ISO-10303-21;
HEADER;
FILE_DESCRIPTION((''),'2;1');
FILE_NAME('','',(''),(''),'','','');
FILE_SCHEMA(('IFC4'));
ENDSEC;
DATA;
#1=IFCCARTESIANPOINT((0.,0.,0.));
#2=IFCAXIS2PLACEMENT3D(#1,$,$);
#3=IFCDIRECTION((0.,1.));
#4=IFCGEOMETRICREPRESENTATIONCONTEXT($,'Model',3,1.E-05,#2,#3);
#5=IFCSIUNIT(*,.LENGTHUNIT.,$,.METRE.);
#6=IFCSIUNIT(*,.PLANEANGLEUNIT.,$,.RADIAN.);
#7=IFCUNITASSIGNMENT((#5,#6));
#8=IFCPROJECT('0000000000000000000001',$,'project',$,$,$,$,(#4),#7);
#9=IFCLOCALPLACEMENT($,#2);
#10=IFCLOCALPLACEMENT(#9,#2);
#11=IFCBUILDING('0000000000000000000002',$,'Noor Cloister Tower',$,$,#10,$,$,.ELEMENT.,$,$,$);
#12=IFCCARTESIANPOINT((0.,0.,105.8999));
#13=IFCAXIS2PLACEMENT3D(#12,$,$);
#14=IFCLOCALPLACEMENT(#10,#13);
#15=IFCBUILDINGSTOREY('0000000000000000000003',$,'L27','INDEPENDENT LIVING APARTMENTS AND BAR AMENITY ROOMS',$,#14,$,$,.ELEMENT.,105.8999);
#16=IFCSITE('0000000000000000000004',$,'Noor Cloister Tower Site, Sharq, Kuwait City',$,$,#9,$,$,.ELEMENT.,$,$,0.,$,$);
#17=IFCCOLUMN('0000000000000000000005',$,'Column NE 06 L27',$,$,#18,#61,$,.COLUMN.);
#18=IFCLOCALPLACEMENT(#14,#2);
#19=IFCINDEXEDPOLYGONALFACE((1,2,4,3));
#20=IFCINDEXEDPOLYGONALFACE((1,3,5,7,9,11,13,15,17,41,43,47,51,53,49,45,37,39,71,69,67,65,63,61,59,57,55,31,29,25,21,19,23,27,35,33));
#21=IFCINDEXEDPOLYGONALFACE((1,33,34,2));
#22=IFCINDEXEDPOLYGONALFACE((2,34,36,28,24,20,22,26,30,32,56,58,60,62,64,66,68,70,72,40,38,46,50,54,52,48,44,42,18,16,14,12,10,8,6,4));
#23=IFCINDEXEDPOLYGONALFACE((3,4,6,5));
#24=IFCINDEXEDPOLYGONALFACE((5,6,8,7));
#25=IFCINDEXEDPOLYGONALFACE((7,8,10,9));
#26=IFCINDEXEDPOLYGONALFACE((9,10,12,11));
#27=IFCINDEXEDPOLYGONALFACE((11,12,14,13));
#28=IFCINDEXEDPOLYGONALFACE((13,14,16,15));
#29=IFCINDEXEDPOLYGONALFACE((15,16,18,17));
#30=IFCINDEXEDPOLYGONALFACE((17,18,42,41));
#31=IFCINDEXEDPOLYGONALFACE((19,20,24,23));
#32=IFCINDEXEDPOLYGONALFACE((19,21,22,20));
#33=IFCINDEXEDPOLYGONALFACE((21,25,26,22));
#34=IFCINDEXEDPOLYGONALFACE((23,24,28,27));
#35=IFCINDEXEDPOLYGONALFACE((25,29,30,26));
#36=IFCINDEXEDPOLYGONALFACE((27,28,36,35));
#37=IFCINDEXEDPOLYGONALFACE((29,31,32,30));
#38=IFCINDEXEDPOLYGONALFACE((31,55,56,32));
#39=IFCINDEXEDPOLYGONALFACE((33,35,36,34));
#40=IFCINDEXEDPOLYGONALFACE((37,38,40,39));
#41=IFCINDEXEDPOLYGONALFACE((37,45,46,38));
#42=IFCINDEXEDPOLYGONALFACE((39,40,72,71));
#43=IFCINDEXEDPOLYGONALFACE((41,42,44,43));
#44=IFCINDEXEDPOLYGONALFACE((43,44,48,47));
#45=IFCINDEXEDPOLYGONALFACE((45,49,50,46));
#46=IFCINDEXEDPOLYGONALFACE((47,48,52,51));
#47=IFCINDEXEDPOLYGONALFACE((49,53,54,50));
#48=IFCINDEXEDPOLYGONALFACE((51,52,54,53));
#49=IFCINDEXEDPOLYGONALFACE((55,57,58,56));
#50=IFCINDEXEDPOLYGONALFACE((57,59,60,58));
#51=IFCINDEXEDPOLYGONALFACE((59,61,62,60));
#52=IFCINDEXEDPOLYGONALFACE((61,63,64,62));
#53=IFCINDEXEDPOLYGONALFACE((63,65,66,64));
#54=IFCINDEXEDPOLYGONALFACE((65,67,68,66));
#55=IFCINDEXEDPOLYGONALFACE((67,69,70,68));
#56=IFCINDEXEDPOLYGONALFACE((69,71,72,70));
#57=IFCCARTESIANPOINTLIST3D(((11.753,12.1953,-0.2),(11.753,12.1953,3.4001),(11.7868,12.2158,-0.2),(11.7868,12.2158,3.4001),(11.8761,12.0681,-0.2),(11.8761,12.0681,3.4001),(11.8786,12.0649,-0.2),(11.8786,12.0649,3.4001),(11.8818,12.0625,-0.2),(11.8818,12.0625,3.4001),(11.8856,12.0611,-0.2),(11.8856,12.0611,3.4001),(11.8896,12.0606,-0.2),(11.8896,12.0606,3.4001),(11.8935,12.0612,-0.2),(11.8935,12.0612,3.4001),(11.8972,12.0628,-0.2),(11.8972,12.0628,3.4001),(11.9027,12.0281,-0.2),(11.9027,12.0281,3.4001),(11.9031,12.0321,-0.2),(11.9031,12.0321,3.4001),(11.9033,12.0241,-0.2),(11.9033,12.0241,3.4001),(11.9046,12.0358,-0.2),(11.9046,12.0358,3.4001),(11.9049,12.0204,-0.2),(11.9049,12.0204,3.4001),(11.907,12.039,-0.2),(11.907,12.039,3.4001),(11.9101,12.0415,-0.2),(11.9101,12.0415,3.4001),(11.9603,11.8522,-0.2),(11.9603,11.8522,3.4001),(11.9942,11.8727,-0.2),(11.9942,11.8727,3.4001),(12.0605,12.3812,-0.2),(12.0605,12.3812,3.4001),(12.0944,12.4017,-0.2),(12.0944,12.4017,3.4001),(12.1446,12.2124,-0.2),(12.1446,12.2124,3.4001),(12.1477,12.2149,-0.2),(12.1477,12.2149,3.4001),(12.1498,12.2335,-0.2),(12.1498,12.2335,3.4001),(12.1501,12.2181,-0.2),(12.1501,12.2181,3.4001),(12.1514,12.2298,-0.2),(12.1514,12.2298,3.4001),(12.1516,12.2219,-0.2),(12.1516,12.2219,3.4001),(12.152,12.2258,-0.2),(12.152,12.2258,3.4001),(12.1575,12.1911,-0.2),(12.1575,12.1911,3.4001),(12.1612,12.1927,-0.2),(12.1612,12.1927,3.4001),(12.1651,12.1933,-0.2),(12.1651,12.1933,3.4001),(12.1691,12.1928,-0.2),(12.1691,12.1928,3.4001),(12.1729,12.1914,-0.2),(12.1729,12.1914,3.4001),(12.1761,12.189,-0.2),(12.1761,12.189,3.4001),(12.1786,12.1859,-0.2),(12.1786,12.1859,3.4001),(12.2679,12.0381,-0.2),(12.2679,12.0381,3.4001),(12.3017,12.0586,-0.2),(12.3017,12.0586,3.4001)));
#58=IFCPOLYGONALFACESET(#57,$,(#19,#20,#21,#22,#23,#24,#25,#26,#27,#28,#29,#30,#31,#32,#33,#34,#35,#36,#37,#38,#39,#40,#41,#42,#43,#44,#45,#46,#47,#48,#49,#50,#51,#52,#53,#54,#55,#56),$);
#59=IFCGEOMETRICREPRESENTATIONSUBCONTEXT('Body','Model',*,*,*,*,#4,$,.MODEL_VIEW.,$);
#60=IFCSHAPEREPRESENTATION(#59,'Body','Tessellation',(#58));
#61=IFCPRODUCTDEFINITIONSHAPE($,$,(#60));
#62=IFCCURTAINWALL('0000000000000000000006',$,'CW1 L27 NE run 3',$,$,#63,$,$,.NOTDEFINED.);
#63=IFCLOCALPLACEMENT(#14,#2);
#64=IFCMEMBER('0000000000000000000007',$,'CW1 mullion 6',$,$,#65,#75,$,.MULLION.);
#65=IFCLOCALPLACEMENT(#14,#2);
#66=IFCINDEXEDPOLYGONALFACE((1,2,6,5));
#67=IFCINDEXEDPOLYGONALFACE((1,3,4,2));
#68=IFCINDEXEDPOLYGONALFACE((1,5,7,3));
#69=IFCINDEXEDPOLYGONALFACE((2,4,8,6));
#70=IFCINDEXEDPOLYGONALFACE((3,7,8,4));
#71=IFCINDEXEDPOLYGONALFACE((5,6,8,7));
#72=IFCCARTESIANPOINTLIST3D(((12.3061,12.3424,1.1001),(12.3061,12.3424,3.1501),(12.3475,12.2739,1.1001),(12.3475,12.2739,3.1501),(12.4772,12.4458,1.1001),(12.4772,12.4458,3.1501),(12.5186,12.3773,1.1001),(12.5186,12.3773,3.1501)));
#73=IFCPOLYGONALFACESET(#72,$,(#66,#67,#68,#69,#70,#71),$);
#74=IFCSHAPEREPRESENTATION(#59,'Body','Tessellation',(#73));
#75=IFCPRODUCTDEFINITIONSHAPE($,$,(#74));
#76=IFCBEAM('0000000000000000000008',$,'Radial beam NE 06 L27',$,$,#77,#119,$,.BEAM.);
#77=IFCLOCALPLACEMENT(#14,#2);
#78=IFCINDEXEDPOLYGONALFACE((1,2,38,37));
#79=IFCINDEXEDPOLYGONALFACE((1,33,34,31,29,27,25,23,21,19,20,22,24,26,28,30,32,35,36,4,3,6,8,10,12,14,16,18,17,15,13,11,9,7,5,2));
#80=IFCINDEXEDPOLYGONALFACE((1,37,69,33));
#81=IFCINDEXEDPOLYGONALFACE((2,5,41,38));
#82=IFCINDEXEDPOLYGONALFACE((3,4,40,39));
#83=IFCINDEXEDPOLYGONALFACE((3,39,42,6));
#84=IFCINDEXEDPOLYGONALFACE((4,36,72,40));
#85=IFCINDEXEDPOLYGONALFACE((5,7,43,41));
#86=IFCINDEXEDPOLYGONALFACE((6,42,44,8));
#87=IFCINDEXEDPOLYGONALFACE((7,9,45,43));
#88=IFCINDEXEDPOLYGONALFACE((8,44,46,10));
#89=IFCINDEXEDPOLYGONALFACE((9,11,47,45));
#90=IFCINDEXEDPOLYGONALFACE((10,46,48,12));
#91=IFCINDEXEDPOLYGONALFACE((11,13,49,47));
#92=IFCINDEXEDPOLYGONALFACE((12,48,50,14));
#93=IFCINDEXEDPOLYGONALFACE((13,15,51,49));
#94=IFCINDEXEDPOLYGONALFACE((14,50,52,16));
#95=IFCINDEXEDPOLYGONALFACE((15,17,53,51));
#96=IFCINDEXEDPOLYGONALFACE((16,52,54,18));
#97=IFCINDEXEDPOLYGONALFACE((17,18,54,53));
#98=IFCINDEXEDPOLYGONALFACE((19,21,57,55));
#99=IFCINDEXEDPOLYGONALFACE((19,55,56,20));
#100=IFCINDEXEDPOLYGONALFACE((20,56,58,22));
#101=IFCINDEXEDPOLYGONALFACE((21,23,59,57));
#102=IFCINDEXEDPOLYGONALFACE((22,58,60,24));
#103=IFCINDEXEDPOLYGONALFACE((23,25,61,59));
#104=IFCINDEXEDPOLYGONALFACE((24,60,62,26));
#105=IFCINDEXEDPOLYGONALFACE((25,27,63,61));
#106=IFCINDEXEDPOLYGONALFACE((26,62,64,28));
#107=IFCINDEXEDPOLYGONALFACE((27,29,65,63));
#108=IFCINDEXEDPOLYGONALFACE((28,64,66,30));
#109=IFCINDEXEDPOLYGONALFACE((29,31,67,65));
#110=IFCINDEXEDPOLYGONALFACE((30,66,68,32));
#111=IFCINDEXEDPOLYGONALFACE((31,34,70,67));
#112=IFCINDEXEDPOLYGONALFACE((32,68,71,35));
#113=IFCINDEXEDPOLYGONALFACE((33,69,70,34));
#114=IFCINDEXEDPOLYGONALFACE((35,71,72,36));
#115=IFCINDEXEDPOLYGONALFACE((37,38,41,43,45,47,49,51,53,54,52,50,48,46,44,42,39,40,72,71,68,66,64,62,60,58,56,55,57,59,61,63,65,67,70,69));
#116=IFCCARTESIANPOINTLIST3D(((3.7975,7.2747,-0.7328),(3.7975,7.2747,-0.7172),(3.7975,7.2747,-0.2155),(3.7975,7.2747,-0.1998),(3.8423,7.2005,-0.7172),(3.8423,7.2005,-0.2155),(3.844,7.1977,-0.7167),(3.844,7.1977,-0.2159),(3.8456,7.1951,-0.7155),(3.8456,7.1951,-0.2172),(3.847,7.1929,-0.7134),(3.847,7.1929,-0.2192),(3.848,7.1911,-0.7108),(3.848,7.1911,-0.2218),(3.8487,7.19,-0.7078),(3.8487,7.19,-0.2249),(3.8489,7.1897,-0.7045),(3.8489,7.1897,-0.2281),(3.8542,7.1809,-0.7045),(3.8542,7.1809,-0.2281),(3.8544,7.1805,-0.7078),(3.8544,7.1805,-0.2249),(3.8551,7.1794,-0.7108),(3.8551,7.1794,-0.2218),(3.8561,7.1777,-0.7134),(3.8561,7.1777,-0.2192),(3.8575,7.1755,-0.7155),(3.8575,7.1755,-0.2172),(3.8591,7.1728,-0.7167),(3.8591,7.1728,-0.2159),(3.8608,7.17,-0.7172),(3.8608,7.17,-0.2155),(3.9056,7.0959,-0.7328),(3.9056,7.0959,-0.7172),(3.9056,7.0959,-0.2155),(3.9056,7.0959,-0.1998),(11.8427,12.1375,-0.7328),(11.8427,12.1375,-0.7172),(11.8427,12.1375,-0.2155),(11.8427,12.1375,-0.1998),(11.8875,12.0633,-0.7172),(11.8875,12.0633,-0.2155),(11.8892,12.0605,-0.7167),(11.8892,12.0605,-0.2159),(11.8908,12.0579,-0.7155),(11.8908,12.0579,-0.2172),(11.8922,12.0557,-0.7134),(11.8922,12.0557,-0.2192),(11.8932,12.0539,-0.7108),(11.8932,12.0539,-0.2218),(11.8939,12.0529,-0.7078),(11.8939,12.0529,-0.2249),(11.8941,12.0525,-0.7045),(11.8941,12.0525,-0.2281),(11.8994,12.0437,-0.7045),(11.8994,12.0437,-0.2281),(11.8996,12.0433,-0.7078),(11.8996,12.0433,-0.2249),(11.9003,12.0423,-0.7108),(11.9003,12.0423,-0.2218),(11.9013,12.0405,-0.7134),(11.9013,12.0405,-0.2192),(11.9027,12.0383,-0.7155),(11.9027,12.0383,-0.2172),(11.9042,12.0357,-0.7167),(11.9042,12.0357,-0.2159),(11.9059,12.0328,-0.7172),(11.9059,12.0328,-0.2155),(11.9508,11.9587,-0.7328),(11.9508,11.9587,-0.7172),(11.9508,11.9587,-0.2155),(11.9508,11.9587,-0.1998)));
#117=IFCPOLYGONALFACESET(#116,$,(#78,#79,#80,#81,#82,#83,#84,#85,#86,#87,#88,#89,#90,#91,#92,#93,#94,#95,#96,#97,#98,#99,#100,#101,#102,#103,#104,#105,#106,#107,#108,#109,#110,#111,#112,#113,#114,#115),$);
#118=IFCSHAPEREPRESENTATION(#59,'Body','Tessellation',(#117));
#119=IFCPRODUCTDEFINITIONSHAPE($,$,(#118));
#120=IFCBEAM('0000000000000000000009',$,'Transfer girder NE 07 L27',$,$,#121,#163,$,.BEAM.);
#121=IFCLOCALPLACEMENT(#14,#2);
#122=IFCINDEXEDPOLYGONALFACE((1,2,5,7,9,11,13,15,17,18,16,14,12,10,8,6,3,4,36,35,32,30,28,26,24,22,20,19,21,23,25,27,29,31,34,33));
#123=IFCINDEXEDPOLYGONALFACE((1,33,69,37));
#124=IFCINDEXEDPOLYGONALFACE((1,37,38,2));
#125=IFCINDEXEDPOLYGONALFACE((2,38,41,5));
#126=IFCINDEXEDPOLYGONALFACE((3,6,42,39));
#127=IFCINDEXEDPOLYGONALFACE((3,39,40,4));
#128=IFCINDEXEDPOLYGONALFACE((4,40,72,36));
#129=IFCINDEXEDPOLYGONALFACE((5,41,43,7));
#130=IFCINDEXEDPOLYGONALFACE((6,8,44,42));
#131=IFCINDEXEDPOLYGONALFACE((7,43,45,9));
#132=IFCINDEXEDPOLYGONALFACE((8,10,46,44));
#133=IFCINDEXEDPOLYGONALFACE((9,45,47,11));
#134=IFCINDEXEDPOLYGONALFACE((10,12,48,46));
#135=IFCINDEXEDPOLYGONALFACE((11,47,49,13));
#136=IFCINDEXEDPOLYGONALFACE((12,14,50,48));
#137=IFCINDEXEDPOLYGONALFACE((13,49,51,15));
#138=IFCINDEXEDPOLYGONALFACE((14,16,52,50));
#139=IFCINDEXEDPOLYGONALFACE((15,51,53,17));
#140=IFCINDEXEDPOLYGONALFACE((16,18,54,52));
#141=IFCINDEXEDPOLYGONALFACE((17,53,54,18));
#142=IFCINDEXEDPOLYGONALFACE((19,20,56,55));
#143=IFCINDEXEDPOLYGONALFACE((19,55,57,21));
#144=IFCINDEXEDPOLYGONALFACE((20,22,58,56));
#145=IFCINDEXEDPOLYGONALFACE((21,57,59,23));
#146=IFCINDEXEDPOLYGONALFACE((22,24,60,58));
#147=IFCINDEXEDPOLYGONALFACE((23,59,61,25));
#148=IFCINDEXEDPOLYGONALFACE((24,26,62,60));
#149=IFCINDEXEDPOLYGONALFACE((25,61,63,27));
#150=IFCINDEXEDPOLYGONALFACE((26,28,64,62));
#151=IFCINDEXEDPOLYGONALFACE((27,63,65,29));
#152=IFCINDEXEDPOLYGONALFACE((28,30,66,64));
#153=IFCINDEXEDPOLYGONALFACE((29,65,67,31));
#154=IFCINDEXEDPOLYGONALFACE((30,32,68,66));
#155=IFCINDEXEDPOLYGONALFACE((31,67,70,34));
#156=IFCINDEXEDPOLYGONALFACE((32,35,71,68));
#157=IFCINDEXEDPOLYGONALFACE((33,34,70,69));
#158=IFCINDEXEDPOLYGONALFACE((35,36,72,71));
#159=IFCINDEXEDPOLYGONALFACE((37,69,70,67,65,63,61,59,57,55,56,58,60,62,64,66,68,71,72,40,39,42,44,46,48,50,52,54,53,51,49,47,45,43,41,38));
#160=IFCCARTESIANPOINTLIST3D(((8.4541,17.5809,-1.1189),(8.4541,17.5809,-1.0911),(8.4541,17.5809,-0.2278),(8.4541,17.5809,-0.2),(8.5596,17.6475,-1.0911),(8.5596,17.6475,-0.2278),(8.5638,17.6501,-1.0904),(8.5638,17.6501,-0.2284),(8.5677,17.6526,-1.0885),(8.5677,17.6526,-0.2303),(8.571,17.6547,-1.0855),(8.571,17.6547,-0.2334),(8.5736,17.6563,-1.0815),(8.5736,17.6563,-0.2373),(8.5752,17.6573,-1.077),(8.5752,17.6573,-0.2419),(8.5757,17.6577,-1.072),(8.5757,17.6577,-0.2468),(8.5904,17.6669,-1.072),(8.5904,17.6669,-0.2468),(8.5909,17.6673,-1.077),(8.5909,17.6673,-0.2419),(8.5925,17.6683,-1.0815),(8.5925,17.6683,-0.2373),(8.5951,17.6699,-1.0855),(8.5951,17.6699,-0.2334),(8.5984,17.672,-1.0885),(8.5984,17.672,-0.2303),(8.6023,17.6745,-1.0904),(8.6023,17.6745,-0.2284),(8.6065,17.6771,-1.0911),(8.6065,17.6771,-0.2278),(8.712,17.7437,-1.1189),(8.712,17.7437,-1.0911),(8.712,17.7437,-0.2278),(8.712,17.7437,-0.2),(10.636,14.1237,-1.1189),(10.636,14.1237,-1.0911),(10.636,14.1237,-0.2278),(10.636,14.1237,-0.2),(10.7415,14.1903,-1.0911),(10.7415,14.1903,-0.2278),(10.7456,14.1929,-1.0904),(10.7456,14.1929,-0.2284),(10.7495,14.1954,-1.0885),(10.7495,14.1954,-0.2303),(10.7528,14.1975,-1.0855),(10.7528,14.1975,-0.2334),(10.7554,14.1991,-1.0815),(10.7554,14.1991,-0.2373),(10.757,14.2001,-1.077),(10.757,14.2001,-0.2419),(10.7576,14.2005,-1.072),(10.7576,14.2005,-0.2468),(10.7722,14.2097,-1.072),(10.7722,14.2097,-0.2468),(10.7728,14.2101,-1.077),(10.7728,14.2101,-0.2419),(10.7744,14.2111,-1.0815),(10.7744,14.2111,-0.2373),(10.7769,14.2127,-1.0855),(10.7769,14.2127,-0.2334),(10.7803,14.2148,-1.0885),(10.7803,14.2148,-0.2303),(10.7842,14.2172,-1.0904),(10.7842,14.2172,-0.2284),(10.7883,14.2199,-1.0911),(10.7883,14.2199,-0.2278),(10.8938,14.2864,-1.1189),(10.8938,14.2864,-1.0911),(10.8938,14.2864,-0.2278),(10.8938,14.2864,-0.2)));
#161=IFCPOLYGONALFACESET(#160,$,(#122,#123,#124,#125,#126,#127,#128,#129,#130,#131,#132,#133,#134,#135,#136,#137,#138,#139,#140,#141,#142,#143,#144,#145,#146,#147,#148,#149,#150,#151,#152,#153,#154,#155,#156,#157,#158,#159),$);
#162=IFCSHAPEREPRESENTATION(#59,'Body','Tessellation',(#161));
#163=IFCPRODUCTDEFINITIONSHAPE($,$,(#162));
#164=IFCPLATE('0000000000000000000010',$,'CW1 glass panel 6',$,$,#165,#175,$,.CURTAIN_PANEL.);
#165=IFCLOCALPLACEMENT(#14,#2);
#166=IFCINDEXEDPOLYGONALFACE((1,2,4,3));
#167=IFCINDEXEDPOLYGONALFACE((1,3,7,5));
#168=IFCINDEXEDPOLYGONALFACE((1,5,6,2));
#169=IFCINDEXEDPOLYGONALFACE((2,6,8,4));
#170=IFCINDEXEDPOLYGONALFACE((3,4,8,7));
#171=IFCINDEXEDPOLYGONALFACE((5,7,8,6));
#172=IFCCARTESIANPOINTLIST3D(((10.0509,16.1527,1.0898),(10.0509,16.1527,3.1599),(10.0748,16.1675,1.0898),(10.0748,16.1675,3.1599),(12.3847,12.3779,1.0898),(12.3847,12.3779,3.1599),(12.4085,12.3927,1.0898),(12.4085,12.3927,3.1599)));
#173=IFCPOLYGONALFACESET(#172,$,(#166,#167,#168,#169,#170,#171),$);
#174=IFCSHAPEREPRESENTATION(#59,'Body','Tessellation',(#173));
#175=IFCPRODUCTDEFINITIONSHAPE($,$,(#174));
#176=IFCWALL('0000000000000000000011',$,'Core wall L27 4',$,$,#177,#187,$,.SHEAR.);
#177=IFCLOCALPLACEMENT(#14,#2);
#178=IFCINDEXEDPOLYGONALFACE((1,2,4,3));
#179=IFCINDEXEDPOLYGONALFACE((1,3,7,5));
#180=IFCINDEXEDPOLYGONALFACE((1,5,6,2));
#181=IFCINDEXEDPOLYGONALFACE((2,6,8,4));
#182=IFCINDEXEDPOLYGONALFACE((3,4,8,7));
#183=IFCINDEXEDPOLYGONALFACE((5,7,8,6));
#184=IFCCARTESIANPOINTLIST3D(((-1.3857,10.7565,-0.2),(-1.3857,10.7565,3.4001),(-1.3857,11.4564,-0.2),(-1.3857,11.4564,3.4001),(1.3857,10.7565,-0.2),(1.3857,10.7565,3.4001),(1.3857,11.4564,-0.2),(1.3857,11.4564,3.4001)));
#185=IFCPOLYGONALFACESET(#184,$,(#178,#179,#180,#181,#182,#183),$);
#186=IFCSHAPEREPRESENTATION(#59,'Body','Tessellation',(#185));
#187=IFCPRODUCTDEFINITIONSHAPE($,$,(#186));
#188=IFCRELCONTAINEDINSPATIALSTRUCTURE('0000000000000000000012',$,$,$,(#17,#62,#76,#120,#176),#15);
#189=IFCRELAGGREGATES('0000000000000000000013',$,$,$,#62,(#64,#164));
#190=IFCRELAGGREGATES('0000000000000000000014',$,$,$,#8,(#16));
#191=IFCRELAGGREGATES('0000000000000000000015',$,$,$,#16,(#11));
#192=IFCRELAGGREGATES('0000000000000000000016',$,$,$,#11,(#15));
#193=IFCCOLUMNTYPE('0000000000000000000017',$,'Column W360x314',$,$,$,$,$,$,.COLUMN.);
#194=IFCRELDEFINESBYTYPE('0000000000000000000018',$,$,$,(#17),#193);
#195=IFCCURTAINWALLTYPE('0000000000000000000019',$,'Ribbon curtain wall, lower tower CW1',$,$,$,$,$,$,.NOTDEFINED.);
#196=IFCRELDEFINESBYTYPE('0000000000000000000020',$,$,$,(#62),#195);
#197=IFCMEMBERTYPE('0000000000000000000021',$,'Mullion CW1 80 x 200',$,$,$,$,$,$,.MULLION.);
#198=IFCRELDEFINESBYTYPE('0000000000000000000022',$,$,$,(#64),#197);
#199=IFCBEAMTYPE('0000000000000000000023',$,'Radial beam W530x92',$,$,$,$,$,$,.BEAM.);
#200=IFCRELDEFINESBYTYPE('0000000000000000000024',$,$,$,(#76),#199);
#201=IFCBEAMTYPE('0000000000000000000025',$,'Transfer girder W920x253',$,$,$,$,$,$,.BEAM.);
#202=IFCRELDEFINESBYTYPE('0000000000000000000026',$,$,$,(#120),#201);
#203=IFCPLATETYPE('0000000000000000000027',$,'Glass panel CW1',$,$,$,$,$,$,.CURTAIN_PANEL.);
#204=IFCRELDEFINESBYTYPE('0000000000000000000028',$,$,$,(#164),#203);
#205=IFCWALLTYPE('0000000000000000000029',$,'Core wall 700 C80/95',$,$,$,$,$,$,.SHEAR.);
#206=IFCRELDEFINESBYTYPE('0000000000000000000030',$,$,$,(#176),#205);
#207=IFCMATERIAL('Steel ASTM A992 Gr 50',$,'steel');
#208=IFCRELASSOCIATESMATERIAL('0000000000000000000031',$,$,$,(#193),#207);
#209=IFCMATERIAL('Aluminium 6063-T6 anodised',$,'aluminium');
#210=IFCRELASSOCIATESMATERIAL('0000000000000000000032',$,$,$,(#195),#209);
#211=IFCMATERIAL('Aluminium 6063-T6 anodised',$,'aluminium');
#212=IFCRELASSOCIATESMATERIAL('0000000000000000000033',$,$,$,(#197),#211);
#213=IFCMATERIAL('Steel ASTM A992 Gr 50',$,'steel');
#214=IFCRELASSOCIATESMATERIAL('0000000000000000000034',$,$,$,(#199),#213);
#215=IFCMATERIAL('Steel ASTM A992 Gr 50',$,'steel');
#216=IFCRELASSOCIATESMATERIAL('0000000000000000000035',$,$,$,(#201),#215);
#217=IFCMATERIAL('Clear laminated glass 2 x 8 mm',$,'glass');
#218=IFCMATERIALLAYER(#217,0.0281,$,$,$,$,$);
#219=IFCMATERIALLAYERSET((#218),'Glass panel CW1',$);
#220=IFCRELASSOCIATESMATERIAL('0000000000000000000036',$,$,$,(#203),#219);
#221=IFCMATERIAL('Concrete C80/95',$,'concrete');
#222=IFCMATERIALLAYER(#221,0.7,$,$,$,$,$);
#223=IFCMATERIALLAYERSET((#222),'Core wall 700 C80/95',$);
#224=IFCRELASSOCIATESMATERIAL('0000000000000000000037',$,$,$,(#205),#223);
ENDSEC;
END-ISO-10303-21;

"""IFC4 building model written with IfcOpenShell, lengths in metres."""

from ifc_helpers import new_model, si_unit, direction, frame, frame_2d, origin, origin_2d, place, context, subcontext, project, spatial, rectangle, i_section, extrude, material, layer, layer_set, material_profile, profile_set, type_object, element, aggregate, save


model = new_model("IFC4")

# Units and contexts
model_context = context("Model", 3, precision=1e-05, world=origin(), true_north=direction((0.0, 1.0)))
body_context = subcontext(model_context, "Body", "Model", "MODEL_VIEW")
ifc_project = project(units=[si_unit("LENGTHUNIT", "METRE"), si_unit("PLANEANGLEUNIT", "RADIAN")], contexts=[model_context])

# Site, building, storey
site_placement = place(None, origin())
site = spatial("IfcSite", under=ifc_project, at=site_placement, Name="Noor Cloister Tower Site, Sharq, Kuwait City", CompositionType="ELEMENT", RefElevation=0.0)
building_placement = place(site_placement, origin())
building = spatial("IfcBuilding", under=site, at=building_placement, Name="Noor Cloister Tower", CompositionType="ELEMENT")
storey_placement = place(building_placement, frame((0.0, 0.0, 105.8999)))
storey = spatial("IfcBuildingStorey", under=building, at=storey_placement, Name="L27", Description="INDEPENDENT LIVING APARTMENTS AND BAR AMENITY ROOMS", CompositionType="ELEMENT", Elevation=105.8999)

# Column
ifc_material_1 = material(Name="Steel ASTM A992 Gr 50", Category="steel")
ifc_material_profile_1 = material_profile(ifc_material_1, i_section(OverallWidth=0.4009, OverallDepth=0.3989, WebThickness=0.0249, FlangeThickness=0.0396, FilletRadius=0.0154, at=origin_2d()), Name="W360x314")
ifc_profile_set_1 = profile_set([ifc_material_profile_1], Name="Steel ASTM A992 Gr 50")
column_type = type_object("IfcColumnType", Name="Column W360x314", PredefinedType="COLUMN", material=ifc_profile_set_1)
column_placement = place(storey_placement, frame((12.0273, 12.127, -0.2), z_axis=(0.0, 0.0, 1.0), x_axis=(-0.517287, 0.855812, 0.0)))
element("IfcColumn", 1, at=column_placement, inside=storey, type_object=column_type, Name="Column NE 06 L27", PredefinedType="COLUMN", context=body_context, shape_type="SweptSolid", body=[
    extrude(i_section(OverallWidth=0.4009, OverallDepth=0.3989, WebThickness=0.0249, FlangeThickness=0.0396, FilletRadius=0.0154, at=origin_2d()), origin(), (0.0, 0.0, 1.0), 3.6001),
])

# Curtain wall, member
ifc_material_2 = material(Name="Aluminium 6063-T6 anodised", Category="aluminium")
curtain_wall_type = type_object("IfcCurtainWallType", Name="Ribbon curtain wall, lower tower CW1", PredefinedType="NOTDEFINED", material=ifc_material_2)
curtain_wall_placement = place(storey_placement, origin())
curtain_wall = element("IfcCurtainWall", 2, at=curtain_wall_placement, inside=storey, type_object=curtain_wall_type, Name="CW1 L27 NE run 3", PredefinedType="NOTDEFINED")
ifc_material_3 = material(Name="Aluminium 6063-T6 anodised", Category="aluminium")
ifc_material_profile_2 = material_profile(ifc_material_3, rectangle(XDim=0.2, YDim=0.0801, at=origin_2d()), Name="200 x 80 mullion")
ifc_profile_set_2 = profile_set([ifc_material_profile_2], Name="Aluminium 6063-T6 anodised")
member_type = type_object("IfcMemberType", Name="Mullion CW1 80 x 200", PredefinedType="MULLION", material=ifc_profile_set_2)
member_placement = place(storey_placement, frame((12.4124, 12.3599, 1.1001), z_axis=(0.0, 0.0, 1.0), x_axis=(-0.855812, -0.517287, 0.0)))
member = element("IfcMember", 3, at=member_placement, type_object=member_type, Name="CW1 mullion 6", PredefinedType="MULLION", context=body_context, shape_type="SweptSolid", body=[
    extrude(rectangle(XDim=0.2, YDim=0.0801, at=origin_2d()), origin(), (0.0, 0.0, 1.0), 2.05),
])

# Beams
ifc_material_4 = material(Name="Steel ASTM A992 Gr 50", Category="steel")
ifc_material_profile_3 = material_profile(ifc_material_4, i_section(OverallWidth=0.209, OverallDepth=0.533, WebThickness=0.0103, FlangeThickness=0.0156, FilletRadius=0.0127, at=origin_2d()), Name="W530x92")
ifc_profile_set_3 = profile_set([ifc_material_profile_3], Name="Steel ASTM A992 Gr 50")
beam_type_1 = type_object("IfcBeamType", Name="Radial beam W530x92", PredefinedType="BEAM", material=ifc_profile_set_3)
beam_1_placement = place(storey_placement, frame((11.8967, 12.0481, -0.4663), z_axis=(-0.855813, -0.517285, 0.0), x_axis=(0.517285, -0.855813, 0.0)))
element("IfcBeam", 4, at=beam_1_placement, inside=storey, type_object=beam_type_1, Name="Radial beam NE 06 L27", PredefinedType="BEAM", context=body_context, shape_type="SweptSolid", body=[
    extrude(i_section(OverallWidth=0.209, OverallDepth=0.533, WebThickness=0.0103, FlangeThickness=0.0156, FilletRadius=0.0127, at=origin_2d()), origin(), (0.0, 0.0, 1.0), 9.4006),
])
ifc_material_5 = material(Name="Steel ASTM A992 Gr 50", Category="steel")
ifc_material_profile_4 = material_profile(ifc_material_5, i_section(OverallWidth=0.3049, OverallDepth=0.9189, WebThickness=0.0173, FlangeThickness=0.0278, FilletRadius=0.019, at=origin_2d()), Name="W920x253")
ifc_profile_set_4 = profile_set([ifc_material_profile_4], Name="Steel ASTM A992 Gr 50")
beam_type_2 = type_object("IfcBeamType", Name="Transfer girder W920x253", PredefinedType="BEAM", material=ifc_profile_set_4)
beam_2_placement = place(storey_placement, frame((10.7649, 14.2051, -0.6594), z_axis=(-0.533703, 0.845672, 0.0), x_axis=(-0.845672, -0.533703, 0.0)))
element("IfcBeam", 5, at=beam_2_placement, inside=storey, type_object=beam_type_2, Name="Transfer girder NE 07 L27", PredefinedType="BEAM", context=body_context, shape_type="SweptSolid", body=[
    extrude(i_section(OverallWidth=0.3049, OverallDepth=0.9189, WebThickness=0.0173, FlangeThickness=0.0278, FilletRadius=0.019, at=origin_2d()), origin(), (0.0, 0.0, 1.0), 4.0881),
])

# Plate
ifc_material_6 = material(Name="Clear laminated glass 2 x 8 mm", Category="glass")
ifc_layer_1 = layer(ifc_material_6, 0.0281)
ifc_layer_set_1 = layer_set([ifc_layer_1], Name="Glass panel CW1")
plate_type = type_object("IfcPlateType", Name="Glass panel CW1", PredefinedType="CURTAIN_PANEL", material=ifc_layer_set_1)
plate_placement = place(storey_placement, frame((11.2297, 14.2727, 1.0898), z_axis=(0.0, 0.0, 1.0), x_axis=(-0.525852, 0.850576, 0.0)))
plate = element("IfcPlate", 6, at=plate_placement, type_object=plate_type, Name="CW1 glass panel 6", PredefinedType="CURTAIN_PANEL", context=body_context, shape_type="SweptSolid", body=[
    extrude(rectangle(XDim=4.438, YDim=0.0281, at=origin_2d()), origin(), (0.0, 0.0, 1.0), 2.0701),
])
aggregate(curtain_wall, [member, plate])

# Wall
ifc_material_7 = material(Name="Concrete C80/95", Category="concrete")
ifc_layer_2 = layer(ifc_material_7, 0.7)
ifc_layer_set_2 = layer_set([ifc_layer_2], Name="Core wall 700 C80/95")
wall_type_1 = type_object("IfcWallType", Name="Core wall 700 C80/95", PredefinedType="SHEAR", material=ifc_layer_set_2)
wall_1_placement = place(storey_placement, frame((1.3857, 11.1064, -0.2), z_axis=(0.0, 0.0, 1.0), x_axis=(-1.0, 0.0, 0.0)))
element("IfcWall", 7, at=wall_1_placement, inside=storey, type_object=wall_type_1, Name="Core wall L27 4", PredefinedType="SHEAR", context=body_context, shape_type="SweptSolid", body=[
    extrude(rectangle(XDim=2.7715, YDim=0.7, at=frame_2d((1.3857, 0.0))), origin(), (0.0, 0.0, 1.0), 3.6001),
])

save(model, "model.ifc")
